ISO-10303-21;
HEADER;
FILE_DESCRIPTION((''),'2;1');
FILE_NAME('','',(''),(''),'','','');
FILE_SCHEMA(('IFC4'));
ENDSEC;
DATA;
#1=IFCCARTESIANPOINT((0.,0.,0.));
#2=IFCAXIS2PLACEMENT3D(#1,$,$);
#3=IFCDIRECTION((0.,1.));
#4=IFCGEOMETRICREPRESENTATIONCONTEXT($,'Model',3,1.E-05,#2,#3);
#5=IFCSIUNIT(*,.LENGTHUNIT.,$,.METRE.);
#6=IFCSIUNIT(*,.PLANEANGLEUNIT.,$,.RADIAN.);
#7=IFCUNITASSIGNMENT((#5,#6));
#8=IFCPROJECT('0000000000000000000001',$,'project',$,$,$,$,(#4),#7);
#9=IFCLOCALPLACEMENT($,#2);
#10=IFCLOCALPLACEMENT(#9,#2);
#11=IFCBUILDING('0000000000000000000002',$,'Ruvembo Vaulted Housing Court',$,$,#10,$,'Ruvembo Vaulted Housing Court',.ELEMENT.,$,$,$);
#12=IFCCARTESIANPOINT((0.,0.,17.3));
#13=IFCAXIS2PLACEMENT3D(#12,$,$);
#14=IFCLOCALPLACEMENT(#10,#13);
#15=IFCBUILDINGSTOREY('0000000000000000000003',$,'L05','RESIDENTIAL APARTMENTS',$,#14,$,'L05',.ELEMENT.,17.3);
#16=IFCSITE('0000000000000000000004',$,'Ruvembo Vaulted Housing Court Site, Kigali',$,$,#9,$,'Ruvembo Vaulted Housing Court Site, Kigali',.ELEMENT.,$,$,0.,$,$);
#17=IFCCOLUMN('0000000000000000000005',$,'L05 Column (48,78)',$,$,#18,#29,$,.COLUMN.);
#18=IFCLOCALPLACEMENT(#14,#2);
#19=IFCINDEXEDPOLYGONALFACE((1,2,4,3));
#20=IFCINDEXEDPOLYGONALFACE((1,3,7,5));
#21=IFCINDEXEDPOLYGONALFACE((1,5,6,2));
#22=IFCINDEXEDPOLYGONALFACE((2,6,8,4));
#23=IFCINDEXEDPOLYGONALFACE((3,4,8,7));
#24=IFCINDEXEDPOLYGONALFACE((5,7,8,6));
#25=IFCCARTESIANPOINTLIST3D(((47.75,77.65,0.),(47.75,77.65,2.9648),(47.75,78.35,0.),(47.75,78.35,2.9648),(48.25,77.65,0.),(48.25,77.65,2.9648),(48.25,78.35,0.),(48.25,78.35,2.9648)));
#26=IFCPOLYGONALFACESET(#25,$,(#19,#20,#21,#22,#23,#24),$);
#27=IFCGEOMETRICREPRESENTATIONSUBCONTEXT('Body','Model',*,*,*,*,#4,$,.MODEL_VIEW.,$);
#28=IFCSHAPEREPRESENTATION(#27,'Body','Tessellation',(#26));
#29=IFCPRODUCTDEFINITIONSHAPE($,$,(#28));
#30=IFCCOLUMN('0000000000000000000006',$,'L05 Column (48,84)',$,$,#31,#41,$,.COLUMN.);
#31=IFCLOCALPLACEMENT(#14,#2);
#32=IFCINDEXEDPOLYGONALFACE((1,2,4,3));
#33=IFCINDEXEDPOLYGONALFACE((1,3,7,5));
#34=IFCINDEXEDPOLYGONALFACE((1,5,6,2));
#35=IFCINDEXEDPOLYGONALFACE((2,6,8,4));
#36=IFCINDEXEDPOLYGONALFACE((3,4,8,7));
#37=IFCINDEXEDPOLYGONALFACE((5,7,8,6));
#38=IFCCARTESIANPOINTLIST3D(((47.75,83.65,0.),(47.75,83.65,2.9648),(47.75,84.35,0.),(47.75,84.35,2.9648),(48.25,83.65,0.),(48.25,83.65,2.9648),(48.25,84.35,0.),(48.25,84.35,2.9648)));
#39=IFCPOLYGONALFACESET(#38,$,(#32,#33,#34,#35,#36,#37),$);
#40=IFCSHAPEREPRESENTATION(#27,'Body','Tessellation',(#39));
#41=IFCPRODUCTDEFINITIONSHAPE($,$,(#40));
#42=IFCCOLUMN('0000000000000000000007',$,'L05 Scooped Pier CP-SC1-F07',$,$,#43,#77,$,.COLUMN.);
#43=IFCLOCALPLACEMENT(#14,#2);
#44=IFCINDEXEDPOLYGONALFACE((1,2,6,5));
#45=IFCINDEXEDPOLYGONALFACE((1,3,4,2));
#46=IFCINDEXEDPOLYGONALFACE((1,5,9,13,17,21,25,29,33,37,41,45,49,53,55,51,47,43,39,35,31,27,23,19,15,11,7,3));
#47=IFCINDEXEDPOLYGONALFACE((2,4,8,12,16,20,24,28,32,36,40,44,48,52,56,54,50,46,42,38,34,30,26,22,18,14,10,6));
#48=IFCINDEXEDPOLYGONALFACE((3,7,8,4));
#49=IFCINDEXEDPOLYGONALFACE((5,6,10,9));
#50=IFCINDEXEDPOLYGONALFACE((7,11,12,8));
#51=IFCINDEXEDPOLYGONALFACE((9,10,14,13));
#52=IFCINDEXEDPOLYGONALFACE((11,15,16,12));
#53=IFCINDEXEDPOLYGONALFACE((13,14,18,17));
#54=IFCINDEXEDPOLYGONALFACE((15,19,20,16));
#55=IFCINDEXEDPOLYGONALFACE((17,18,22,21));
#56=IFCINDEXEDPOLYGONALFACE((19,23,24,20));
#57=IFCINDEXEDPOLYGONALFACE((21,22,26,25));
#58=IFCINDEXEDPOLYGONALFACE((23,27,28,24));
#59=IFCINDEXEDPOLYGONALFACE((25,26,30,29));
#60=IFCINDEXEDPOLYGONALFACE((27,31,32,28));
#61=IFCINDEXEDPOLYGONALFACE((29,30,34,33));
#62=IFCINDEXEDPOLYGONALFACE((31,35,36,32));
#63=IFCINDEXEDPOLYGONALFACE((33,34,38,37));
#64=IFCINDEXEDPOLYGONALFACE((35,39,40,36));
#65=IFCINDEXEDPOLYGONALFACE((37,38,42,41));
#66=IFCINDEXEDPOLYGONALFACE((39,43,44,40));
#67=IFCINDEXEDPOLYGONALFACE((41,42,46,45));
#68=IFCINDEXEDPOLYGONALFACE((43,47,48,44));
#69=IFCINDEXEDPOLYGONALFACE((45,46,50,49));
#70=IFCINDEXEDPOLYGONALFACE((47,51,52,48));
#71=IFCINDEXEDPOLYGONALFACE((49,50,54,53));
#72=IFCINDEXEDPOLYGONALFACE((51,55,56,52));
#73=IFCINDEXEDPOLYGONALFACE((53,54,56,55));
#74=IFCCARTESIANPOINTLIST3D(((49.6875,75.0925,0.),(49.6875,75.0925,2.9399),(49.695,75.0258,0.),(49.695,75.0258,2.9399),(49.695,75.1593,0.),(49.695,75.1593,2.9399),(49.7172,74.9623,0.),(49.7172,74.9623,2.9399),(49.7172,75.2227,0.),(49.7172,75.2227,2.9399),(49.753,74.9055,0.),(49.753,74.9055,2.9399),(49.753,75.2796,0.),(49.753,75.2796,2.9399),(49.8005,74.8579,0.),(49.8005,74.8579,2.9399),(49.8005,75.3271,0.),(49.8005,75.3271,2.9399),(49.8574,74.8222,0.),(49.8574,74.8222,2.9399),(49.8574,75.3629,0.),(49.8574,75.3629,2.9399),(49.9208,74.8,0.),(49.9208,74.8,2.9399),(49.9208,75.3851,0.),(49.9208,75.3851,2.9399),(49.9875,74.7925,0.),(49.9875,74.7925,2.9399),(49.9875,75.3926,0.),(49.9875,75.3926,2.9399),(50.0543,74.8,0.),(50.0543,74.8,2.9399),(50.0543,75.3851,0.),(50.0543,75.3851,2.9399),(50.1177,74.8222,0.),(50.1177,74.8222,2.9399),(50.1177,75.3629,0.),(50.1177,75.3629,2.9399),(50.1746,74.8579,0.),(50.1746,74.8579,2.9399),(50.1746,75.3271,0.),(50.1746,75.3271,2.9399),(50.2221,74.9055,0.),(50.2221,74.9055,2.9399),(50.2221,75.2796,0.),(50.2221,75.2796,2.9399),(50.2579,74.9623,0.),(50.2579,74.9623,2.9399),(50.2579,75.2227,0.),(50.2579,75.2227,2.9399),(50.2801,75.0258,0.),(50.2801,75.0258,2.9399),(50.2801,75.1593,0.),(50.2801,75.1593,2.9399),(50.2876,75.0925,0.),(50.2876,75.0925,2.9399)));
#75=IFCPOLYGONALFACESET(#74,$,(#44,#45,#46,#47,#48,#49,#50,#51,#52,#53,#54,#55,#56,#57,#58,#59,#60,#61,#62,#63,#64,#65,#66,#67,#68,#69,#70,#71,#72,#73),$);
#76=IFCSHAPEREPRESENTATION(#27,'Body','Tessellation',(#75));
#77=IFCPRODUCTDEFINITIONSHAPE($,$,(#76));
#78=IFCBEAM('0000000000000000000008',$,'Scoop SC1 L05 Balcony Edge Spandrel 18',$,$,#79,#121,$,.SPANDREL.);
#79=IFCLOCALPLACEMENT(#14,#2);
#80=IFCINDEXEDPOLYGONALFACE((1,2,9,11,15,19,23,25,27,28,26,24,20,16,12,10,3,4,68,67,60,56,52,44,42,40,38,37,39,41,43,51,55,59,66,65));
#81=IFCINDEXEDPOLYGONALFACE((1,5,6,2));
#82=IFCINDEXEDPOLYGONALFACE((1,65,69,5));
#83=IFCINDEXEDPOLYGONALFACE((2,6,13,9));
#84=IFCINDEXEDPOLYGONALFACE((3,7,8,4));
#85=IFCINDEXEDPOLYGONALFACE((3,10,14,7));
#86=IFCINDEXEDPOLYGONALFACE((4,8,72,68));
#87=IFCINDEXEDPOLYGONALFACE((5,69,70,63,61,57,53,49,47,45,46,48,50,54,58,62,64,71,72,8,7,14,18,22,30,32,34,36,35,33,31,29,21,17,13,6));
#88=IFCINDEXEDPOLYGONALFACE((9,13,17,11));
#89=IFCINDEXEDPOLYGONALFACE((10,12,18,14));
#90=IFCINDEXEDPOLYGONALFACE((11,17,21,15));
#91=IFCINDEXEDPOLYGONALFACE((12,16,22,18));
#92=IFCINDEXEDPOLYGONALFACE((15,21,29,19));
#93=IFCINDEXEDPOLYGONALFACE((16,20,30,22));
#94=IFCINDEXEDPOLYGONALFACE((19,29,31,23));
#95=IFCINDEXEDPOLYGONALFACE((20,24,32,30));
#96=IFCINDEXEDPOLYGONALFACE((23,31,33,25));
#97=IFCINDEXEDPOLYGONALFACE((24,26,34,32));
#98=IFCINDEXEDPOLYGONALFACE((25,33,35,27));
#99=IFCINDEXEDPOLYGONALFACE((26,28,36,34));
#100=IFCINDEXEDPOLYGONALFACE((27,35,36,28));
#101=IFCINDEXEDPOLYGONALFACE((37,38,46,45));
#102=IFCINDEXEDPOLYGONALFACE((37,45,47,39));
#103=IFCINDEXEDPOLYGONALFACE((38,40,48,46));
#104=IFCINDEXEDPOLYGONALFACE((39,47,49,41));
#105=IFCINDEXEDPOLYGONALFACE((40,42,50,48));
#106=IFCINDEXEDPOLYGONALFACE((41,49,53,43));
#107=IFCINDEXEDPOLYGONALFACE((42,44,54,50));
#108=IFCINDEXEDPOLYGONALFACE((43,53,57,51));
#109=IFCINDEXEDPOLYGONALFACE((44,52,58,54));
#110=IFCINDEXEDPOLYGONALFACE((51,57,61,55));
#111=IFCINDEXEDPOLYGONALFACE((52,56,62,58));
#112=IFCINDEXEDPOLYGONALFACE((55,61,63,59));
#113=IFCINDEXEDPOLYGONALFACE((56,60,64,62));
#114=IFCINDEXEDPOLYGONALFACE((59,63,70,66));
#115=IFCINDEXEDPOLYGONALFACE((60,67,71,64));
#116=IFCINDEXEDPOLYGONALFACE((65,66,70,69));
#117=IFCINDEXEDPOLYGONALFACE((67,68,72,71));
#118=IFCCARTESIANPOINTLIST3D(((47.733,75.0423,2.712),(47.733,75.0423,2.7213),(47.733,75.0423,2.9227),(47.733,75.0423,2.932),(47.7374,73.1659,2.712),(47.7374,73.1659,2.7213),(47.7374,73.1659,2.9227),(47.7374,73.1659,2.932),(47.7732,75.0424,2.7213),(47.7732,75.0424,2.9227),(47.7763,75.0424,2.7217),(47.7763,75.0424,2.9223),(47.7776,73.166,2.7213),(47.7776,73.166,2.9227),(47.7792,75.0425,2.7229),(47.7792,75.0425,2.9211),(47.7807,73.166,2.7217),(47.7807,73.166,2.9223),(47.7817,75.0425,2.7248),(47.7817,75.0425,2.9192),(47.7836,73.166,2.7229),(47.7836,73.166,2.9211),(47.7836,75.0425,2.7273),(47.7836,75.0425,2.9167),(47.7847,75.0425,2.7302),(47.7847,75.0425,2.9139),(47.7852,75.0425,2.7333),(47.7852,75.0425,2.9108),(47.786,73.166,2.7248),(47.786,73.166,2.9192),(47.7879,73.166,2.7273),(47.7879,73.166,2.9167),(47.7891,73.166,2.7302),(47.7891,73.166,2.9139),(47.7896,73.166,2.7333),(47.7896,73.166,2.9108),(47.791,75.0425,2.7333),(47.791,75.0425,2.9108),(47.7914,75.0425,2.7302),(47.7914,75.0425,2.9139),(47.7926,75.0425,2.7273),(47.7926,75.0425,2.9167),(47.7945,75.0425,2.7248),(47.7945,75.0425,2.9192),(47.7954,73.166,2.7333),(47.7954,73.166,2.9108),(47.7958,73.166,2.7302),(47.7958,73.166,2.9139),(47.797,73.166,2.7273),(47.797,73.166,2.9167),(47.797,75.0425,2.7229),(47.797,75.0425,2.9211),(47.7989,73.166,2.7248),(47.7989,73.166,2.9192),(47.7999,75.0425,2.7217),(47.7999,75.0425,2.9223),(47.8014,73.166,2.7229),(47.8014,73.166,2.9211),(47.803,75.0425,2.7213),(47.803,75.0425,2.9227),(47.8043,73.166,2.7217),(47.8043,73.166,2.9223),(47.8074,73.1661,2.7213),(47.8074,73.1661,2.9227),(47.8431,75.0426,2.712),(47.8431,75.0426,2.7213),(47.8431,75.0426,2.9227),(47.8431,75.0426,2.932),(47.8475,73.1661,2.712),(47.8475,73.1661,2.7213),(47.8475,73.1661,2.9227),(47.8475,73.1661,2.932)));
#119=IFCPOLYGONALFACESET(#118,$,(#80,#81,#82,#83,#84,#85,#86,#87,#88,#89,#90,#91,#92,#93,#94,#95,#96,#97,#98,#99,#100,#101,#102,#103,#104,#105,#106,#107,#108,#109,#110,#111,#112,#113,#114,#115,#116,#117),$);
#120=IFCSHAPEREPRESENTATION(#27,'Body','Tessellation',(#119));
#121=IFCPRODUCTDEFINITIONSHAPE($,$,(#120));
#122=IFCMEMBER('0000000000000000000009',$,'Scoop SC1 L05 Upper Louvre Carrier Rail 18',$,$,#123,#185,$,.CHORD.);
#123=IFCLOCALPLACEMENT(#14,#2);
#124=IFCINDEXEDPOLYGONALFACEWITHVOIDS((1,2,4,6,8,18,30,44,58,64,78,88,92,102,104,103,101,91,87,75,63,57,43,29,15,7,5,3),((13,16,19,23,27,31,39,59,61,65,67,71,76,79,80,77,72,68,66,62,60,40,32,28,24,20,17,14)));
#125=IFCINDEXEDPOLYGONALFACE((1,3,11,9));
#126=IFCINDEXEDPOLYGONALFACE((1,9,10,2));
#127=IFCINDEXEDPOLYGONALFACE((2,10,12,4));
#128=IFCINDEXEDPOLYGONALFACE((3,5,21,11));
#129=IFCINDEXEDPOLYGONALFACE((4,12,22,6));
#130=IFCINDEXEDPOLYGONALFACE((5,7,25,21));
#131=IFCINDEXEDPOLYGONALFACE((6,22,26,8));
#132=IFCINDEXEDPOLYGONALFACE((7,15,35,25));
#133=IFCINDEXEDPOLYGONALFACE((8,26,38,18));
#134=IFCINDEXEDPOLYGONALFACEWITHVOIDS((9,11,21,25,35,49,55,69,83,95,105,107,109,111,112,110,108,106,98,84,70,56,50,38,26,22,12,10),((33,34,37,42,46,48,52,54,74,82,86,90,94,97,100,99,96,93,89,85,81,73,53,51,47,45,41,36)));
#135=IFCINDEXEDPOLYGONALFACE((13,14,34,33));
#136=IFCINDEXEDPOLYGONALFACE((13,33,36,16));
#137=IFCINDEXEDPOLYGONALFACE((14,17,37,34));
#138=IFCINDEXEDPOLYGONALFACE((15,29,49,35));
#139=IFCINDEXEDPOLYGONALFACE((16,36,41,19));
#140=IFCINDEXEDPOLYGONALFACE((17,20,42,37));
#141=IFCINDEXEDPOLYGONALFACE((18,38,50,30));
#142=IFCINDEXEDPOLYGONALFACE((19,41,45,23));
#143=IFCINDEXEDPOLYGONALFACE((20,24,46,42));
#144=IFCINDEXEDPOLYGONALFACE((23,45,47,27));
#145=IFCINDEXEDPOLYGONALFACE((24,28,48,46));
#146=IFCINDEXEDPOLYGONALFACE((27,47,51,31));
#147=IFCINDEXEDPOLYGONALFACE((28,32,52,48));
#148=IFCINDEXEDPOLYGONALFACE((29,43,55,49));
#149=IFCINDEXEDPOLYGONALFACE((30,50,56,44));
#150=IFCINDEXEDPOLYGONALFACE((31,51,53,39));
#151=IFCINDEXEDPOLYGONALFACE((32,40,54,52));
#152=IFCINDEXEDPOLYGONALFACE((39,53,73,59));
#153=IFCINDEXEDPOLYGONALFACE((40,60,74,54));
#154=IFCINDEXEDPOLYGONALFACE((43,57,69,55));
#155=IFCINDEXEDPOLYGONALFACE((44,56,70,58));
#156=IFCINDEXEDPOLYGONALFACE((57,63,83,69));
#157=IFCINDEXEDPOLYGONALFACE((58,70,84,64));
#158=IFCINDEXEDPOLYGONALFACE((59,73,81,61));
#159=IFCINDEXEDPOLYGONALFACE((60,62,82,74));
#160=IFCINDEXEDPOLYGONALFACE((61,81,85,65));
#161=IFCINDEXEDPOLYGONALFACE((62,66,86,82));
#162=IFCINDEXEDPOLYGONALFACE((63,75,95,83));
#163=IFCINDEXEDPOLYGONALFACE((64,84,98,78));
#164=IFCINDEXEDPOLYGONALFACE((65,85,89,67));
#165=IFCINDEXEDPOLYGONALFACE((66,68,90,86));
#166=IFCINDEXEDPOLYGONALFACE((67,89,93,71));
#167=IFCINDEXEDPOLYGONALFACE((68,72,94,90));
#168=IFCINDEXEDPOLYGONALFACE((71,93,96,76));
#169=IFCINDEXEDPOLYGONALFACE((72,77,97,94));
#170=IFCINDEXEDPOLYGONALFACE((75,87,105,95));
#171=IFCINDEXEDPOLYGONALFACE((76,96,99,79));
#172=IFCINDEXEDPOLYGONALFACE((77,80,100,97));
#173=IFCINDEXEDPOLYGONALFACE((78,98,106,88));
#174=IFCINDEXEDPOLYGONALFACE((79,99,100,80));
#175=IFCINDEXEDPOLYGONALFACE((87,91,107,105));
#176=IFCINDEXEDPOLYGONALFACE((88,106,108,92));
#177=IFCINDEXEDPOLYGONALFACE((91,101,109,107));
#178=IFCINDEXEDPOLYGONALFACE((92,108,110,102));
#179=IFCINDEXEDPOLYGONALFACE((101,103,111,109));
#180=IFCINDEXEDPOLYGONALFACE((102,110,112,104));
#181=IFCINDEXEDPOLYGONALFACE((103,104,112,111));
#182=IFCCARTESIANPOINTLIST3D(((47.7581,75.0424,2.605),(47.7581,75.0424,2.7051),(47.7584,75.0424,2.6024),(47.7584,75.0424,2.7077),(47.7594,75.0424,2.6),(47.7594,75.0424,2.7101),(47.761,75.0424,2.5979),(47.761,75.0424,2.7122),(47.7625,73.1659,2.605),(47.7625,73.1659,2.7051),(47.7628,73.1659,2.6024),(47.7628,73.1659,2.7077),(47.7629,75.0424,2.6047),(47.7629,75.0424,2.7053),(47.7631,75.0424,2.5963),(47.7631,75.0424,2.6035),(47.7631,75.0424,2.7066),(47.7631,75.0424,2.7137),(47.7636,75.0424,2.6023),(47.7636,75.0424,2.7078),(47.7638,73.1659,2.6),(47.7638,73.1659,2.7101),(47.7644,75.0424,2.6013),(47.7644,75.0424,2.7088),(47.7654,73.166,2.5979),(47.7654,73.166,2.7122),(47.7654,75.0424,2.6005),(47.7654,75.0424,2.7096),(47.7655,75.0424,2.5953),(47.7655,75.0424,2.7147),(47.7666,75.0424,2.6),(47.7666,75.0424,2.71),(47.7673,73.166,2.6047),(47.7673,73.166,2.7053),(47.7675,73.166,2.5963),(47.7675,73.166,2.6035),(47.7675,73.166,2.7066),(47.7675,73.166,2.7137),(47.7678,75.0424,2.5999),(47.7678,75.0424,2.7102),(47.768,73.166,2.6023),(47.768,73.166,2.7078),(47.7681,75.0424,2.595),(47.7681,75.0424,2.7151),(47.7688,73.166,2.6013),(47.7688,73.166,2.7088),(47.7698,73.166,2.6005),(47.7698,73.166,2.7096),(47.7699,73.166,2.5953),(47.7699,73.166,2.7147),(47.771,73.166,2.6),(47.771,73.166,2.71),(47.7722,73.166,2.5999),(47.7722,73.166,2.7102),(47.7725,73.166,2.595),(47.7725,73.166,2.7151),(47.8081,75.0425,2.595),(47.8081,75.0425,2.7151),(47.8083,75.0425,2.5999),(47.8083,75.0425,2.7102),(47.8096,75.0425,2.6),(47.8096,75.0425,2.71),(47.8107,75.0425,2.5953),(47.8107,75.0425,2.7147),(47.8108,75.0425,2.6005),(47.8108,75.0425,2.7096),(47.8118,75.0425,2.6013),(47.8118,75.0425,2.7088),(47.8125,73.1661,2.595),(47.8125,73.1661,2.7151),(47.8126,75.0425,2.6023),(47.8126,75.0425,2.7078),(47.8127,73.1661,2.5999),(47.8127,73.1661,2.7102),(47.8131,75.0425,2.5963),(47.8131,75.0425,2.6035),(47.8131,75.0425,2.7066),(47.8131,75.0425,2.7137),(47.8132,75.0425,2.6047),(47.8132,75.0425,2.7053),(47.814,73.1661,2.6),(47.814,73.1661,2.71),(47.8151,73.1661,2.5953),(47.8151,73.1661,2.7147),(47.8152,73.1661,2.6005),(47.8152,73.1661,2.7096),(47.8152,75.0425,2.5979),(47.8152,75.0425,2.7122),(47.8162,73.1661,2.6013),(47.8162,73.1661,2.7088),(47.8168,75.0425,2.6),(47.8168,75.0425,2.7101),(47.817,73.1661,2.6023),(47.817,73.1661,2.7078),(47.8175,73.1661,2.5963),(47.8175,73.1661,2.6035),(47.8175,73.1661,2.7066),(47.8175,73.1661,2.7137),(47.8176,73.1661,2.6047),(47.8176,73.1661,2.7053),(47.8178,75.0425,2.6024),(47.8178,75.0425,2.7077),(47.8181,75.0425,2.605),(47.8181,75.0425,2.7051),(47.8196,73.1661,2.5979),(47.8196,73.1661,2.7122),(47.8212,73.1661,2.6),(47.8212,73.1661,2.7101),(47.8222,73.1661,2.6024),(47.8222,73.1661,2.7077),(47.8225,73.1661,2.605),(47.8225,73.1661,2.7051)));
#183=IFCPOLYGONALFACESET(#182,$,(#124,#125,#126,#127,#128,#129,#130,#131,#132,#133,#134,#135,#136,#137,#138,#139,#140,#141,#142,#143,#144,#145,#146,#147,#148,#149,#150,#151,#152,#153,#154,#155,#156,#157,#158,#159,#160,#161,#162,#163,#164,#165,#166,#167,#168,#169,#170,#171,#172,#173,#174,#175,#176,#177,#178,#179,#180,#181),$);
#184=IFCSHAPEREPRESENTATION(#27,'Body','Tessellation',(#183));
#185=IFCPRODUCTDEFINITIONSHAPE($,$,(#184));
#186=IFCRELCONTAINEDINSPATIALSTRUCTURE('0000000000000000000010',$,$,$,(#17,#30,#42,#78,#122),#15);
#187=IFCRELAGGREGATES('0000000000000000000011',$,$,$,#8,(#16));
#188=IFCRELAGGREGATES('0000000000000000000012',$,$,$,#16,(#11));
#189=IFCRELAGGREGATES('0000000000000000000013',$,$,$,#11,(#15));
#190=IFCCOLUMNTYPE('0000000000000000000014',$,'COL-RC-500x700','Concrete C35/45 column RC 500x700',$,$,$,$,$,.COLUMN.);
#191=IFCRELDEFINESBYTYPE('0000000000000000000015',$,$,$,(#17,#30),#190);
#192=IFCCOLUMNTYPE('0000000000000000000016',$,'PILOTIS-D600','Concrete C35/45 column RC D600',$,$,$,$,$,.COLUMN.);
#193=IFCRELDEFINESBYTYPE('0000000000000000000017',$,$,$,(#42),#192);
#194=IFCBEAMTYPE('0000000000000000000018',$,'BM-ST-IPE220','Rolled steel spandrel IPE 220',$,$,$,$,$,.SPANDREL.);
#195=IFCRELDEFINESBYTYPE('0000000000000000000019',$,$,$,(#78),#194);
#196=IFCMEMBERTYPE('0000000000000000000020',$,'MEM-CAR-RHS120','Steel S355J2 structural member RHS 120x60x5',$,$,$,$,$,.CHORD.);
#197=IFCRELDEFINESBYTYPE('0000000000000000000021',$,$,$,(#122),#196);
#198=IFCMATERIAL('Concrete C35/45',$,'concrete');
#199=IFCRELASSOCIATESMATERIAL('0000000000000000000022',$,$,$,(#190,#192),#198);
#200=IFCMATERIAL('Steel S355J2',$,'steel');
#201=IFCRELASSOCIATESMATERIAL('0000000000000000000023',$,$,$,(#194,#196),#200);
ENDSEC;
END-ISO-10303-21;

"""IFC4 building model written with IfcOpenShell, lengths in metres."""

from ifc_helpers import new_model, si_unit, direction, frame, origin, origin_2d, place, context, subcontext, project, spatial, rectangle, hollow_rectangle, circle, i_section, extrude, material, material_profile, profile_set, type_object, element, save


model = new_model("IFC4")

# Units and contexts
model_context = context("Model", 3, precision=1e-05, world=origin(), true_north=direction((0.0, 1.0)))
body_context = subcontext(model_context, "Body", "Model", "MODEL_VIEW")
ifc_project = project(units=[si_unit("LENGTHUNIT", "METRE"), si_unit("PLANEANGLEUNIT", "RADIAN")], contexts=[model_context])

# Site, building, storey
site_placement = place(None, origin())
site = spatial("IfcSite", under=ifc_project, at=site_placement, Name="Ruvembo Vaulted Housing Court Site, Kigali", LongName="Ruvembo Vaulted Housing Court Site, Kigali", CompositionType="ELEMENT", RefElevation=0.0)
building_placement = place(site_placement, origin())
building = spatial("IfcBuilding", under=site, at=building_placement, Name="Ruvembo Vaulted Housing Court", LongName="Ruvembo Vaulted Housing Court", CompositionType="ELEMENT")
storey_placement = place(building_placement, frame((0.0, 0.0, 17.3)))
storey = spatial("IfcBuildingStorey", under=building, at=storey_placement, Name="L05", Description="RESIDENTIAL APARTMENTS", LongName="L05", CompositionType="ELEMENT", Elevation=17.3)

# Columns
ifc_material_1 = material(Name="Concrete C35/45", Category="concrete")
ifc_material_profile_1 = material_profile(ifc_material_1, rectangle(XDim=0.5, YDim=0.7, at=origin_2d()), Name="RC 500x700")
ifc_profile_set_1 = profile_set([ifc_material_profile_1], Name="Concrete C35/45")
column_type_1 = type_object("IfcColumnType", Name="COL-RC-500x700", Description="Concrete C35/45 column RC 500x700", PredefinedType="COLUMN", material=ifc_profile_set_1)
for number, where, z_axis, x_axis, name in (
    (1, (48.0, 78.0, 0.0), (0.0, 0.0, 1.0), (1.0, 0.0, 0.0), "L05 Column (48,78)"),
    (2, (48.0, 84.0, 0.0), (0.0, 0.0, 1.0), (1.0, 0.0, 0.0), "L05 Column (48,84)"),
):
    element("IfcColumn", number, at=place(storey_placement, frame(where, z_axis=z_axis, x_axis=x_axis)), inside=storey, type_object=column_type_1, Name=name, PredefinedType="COLUMN", context=body_context, shape_type="SweptSolid", body=[
        extrude(rectangle(XDim=0.5, YDim=0.7, at=origin_2d()), origin(), (0.0, 0.0, 1.0), 2.9648),
    ])
ifc_material_profile_2 = material_profile(ifc_material_1, circle(Radius=0.3, at=origin_2d()), Name="RC D600")
ifc_profile_set_2 = profile_set([ifc_material_profile_2], Name="Concrete C35/45")
column_type_2 = type_object("IfcColumnType", Name="PILOTIS-D600", Description="Concrete C35/45 column RC D600", PredefinedType="COLUMN", material=ifc_profile_set_2)
column_placement = place(storey_placement, frame((49.9875, 75.0925, 0.0), z_axis=(0.0, 0.0, 1.0), x_axis=(1.0, 0.0, 0.0)))
element("IfcColumn", 3, at=column_placement, inside=storey, type_object=column_type_2, Name="L05 Scooped Pier CP-SC1-F07", PredefinedType="COLUMN", context=body_context, shape_type="SweptSolid", body=[
    extrude(circle(Radius=0.3, at=origin_2d()), origin(), (0.0, 0.0, 1.0), 2.9399),
])

# Beam
ifc_material_2 = material(Name="Steel S355J2", Category="steel")
ifc_material_profile_3 = material_profile(ifc_material_2, i_section(OverallWidth=0.1101, OverallDepth=0.22, WebThickness=0.0059, FlangeThickness=0.0093, FilletRadius=0.012, at=origin_2d()), Name="IPE 220")
ifc_profile_set_3 = profile_set([ifc_material_profile_3], Name="Steel S355J2")
beam_type_1 = type_object("IfcBeamType", Name="BM-ST-IPE220", Description="Rolled steel spandrel IPE 220", PredefinedType="SPANDREL", material=ifc_profile_set_3)
beam_1_placement = place(storey_placement, frame((47.7925, 73.166, 2.822), z_axis=(-0.002342, 0.999997, 0.0), x_axis=(-0.999997, -0.002342, 0.0)))
element("IfcBeam", 4, at=beam_1_placement, inside=storey, type_object=beam_type_1, Name="Scoop SC1 L05 Balcony Edge Spandrel 18", PredefinedType="SPANDREL", context=body_context, shape_type="SweptSolid", body=[
    extrude(i_section(OverallWidth=0.1101, OverallDepth=0.22, WebThickness=0.0059, FlangeThickness=0.0093, FilletRadius=0.012, at=origin_2d()), origin(), (0.0, 0.0, 1.0), 1.8765),
])

# Member
ifc_material_profile_4 = material_profile(ifc_material_2, hollow_rectangle(XDim=0.0601, YDim=0.1201, WallThickness=0.0049, InnerFilletRadius=0.0049, OuterFilletRadius=0.01, at=origin_2d()), Name="RHS 120x60x5")
ifc_profile_set_4 = profile_set([ifc_material_profile_4], Name="Steel S355J2")
member_type_1 = type_object("IfcMemberType", Name="MEM-CAR-RHS120", Description="Steel S355J2 structural member RHS 120x60x5", PredefinedType="CHORD", material=ifc_profile_set_4)
member_1_placement = place(storey_placement, frame((47.7925, 73.166, 2.655), z_axis=(-0.002342, 0.999997, 0.0), x_axis=(-0.999997, -0.002342, 0.0)))
element("IfcMember", 5, at=member_1_placement, inside=storey, type_object=member_type_1, Name="Scoop SC1 L05 Upper Louvre Carrier Rail 18", PredefinedType="CHORD", context=body_context, shape_type="SweptSolid", body=[
    extrude(hollow_rectangle(XDim=0.0601, YDim=0.1201, WallThickness=0.0049, InnerFilletRadius=0.0049, OuterFilletRadius=0.01, at=origin_2d()), origin(), (0.0, 0.0, 1.0), 1.8765),
])

save(model, "model.ifc")
